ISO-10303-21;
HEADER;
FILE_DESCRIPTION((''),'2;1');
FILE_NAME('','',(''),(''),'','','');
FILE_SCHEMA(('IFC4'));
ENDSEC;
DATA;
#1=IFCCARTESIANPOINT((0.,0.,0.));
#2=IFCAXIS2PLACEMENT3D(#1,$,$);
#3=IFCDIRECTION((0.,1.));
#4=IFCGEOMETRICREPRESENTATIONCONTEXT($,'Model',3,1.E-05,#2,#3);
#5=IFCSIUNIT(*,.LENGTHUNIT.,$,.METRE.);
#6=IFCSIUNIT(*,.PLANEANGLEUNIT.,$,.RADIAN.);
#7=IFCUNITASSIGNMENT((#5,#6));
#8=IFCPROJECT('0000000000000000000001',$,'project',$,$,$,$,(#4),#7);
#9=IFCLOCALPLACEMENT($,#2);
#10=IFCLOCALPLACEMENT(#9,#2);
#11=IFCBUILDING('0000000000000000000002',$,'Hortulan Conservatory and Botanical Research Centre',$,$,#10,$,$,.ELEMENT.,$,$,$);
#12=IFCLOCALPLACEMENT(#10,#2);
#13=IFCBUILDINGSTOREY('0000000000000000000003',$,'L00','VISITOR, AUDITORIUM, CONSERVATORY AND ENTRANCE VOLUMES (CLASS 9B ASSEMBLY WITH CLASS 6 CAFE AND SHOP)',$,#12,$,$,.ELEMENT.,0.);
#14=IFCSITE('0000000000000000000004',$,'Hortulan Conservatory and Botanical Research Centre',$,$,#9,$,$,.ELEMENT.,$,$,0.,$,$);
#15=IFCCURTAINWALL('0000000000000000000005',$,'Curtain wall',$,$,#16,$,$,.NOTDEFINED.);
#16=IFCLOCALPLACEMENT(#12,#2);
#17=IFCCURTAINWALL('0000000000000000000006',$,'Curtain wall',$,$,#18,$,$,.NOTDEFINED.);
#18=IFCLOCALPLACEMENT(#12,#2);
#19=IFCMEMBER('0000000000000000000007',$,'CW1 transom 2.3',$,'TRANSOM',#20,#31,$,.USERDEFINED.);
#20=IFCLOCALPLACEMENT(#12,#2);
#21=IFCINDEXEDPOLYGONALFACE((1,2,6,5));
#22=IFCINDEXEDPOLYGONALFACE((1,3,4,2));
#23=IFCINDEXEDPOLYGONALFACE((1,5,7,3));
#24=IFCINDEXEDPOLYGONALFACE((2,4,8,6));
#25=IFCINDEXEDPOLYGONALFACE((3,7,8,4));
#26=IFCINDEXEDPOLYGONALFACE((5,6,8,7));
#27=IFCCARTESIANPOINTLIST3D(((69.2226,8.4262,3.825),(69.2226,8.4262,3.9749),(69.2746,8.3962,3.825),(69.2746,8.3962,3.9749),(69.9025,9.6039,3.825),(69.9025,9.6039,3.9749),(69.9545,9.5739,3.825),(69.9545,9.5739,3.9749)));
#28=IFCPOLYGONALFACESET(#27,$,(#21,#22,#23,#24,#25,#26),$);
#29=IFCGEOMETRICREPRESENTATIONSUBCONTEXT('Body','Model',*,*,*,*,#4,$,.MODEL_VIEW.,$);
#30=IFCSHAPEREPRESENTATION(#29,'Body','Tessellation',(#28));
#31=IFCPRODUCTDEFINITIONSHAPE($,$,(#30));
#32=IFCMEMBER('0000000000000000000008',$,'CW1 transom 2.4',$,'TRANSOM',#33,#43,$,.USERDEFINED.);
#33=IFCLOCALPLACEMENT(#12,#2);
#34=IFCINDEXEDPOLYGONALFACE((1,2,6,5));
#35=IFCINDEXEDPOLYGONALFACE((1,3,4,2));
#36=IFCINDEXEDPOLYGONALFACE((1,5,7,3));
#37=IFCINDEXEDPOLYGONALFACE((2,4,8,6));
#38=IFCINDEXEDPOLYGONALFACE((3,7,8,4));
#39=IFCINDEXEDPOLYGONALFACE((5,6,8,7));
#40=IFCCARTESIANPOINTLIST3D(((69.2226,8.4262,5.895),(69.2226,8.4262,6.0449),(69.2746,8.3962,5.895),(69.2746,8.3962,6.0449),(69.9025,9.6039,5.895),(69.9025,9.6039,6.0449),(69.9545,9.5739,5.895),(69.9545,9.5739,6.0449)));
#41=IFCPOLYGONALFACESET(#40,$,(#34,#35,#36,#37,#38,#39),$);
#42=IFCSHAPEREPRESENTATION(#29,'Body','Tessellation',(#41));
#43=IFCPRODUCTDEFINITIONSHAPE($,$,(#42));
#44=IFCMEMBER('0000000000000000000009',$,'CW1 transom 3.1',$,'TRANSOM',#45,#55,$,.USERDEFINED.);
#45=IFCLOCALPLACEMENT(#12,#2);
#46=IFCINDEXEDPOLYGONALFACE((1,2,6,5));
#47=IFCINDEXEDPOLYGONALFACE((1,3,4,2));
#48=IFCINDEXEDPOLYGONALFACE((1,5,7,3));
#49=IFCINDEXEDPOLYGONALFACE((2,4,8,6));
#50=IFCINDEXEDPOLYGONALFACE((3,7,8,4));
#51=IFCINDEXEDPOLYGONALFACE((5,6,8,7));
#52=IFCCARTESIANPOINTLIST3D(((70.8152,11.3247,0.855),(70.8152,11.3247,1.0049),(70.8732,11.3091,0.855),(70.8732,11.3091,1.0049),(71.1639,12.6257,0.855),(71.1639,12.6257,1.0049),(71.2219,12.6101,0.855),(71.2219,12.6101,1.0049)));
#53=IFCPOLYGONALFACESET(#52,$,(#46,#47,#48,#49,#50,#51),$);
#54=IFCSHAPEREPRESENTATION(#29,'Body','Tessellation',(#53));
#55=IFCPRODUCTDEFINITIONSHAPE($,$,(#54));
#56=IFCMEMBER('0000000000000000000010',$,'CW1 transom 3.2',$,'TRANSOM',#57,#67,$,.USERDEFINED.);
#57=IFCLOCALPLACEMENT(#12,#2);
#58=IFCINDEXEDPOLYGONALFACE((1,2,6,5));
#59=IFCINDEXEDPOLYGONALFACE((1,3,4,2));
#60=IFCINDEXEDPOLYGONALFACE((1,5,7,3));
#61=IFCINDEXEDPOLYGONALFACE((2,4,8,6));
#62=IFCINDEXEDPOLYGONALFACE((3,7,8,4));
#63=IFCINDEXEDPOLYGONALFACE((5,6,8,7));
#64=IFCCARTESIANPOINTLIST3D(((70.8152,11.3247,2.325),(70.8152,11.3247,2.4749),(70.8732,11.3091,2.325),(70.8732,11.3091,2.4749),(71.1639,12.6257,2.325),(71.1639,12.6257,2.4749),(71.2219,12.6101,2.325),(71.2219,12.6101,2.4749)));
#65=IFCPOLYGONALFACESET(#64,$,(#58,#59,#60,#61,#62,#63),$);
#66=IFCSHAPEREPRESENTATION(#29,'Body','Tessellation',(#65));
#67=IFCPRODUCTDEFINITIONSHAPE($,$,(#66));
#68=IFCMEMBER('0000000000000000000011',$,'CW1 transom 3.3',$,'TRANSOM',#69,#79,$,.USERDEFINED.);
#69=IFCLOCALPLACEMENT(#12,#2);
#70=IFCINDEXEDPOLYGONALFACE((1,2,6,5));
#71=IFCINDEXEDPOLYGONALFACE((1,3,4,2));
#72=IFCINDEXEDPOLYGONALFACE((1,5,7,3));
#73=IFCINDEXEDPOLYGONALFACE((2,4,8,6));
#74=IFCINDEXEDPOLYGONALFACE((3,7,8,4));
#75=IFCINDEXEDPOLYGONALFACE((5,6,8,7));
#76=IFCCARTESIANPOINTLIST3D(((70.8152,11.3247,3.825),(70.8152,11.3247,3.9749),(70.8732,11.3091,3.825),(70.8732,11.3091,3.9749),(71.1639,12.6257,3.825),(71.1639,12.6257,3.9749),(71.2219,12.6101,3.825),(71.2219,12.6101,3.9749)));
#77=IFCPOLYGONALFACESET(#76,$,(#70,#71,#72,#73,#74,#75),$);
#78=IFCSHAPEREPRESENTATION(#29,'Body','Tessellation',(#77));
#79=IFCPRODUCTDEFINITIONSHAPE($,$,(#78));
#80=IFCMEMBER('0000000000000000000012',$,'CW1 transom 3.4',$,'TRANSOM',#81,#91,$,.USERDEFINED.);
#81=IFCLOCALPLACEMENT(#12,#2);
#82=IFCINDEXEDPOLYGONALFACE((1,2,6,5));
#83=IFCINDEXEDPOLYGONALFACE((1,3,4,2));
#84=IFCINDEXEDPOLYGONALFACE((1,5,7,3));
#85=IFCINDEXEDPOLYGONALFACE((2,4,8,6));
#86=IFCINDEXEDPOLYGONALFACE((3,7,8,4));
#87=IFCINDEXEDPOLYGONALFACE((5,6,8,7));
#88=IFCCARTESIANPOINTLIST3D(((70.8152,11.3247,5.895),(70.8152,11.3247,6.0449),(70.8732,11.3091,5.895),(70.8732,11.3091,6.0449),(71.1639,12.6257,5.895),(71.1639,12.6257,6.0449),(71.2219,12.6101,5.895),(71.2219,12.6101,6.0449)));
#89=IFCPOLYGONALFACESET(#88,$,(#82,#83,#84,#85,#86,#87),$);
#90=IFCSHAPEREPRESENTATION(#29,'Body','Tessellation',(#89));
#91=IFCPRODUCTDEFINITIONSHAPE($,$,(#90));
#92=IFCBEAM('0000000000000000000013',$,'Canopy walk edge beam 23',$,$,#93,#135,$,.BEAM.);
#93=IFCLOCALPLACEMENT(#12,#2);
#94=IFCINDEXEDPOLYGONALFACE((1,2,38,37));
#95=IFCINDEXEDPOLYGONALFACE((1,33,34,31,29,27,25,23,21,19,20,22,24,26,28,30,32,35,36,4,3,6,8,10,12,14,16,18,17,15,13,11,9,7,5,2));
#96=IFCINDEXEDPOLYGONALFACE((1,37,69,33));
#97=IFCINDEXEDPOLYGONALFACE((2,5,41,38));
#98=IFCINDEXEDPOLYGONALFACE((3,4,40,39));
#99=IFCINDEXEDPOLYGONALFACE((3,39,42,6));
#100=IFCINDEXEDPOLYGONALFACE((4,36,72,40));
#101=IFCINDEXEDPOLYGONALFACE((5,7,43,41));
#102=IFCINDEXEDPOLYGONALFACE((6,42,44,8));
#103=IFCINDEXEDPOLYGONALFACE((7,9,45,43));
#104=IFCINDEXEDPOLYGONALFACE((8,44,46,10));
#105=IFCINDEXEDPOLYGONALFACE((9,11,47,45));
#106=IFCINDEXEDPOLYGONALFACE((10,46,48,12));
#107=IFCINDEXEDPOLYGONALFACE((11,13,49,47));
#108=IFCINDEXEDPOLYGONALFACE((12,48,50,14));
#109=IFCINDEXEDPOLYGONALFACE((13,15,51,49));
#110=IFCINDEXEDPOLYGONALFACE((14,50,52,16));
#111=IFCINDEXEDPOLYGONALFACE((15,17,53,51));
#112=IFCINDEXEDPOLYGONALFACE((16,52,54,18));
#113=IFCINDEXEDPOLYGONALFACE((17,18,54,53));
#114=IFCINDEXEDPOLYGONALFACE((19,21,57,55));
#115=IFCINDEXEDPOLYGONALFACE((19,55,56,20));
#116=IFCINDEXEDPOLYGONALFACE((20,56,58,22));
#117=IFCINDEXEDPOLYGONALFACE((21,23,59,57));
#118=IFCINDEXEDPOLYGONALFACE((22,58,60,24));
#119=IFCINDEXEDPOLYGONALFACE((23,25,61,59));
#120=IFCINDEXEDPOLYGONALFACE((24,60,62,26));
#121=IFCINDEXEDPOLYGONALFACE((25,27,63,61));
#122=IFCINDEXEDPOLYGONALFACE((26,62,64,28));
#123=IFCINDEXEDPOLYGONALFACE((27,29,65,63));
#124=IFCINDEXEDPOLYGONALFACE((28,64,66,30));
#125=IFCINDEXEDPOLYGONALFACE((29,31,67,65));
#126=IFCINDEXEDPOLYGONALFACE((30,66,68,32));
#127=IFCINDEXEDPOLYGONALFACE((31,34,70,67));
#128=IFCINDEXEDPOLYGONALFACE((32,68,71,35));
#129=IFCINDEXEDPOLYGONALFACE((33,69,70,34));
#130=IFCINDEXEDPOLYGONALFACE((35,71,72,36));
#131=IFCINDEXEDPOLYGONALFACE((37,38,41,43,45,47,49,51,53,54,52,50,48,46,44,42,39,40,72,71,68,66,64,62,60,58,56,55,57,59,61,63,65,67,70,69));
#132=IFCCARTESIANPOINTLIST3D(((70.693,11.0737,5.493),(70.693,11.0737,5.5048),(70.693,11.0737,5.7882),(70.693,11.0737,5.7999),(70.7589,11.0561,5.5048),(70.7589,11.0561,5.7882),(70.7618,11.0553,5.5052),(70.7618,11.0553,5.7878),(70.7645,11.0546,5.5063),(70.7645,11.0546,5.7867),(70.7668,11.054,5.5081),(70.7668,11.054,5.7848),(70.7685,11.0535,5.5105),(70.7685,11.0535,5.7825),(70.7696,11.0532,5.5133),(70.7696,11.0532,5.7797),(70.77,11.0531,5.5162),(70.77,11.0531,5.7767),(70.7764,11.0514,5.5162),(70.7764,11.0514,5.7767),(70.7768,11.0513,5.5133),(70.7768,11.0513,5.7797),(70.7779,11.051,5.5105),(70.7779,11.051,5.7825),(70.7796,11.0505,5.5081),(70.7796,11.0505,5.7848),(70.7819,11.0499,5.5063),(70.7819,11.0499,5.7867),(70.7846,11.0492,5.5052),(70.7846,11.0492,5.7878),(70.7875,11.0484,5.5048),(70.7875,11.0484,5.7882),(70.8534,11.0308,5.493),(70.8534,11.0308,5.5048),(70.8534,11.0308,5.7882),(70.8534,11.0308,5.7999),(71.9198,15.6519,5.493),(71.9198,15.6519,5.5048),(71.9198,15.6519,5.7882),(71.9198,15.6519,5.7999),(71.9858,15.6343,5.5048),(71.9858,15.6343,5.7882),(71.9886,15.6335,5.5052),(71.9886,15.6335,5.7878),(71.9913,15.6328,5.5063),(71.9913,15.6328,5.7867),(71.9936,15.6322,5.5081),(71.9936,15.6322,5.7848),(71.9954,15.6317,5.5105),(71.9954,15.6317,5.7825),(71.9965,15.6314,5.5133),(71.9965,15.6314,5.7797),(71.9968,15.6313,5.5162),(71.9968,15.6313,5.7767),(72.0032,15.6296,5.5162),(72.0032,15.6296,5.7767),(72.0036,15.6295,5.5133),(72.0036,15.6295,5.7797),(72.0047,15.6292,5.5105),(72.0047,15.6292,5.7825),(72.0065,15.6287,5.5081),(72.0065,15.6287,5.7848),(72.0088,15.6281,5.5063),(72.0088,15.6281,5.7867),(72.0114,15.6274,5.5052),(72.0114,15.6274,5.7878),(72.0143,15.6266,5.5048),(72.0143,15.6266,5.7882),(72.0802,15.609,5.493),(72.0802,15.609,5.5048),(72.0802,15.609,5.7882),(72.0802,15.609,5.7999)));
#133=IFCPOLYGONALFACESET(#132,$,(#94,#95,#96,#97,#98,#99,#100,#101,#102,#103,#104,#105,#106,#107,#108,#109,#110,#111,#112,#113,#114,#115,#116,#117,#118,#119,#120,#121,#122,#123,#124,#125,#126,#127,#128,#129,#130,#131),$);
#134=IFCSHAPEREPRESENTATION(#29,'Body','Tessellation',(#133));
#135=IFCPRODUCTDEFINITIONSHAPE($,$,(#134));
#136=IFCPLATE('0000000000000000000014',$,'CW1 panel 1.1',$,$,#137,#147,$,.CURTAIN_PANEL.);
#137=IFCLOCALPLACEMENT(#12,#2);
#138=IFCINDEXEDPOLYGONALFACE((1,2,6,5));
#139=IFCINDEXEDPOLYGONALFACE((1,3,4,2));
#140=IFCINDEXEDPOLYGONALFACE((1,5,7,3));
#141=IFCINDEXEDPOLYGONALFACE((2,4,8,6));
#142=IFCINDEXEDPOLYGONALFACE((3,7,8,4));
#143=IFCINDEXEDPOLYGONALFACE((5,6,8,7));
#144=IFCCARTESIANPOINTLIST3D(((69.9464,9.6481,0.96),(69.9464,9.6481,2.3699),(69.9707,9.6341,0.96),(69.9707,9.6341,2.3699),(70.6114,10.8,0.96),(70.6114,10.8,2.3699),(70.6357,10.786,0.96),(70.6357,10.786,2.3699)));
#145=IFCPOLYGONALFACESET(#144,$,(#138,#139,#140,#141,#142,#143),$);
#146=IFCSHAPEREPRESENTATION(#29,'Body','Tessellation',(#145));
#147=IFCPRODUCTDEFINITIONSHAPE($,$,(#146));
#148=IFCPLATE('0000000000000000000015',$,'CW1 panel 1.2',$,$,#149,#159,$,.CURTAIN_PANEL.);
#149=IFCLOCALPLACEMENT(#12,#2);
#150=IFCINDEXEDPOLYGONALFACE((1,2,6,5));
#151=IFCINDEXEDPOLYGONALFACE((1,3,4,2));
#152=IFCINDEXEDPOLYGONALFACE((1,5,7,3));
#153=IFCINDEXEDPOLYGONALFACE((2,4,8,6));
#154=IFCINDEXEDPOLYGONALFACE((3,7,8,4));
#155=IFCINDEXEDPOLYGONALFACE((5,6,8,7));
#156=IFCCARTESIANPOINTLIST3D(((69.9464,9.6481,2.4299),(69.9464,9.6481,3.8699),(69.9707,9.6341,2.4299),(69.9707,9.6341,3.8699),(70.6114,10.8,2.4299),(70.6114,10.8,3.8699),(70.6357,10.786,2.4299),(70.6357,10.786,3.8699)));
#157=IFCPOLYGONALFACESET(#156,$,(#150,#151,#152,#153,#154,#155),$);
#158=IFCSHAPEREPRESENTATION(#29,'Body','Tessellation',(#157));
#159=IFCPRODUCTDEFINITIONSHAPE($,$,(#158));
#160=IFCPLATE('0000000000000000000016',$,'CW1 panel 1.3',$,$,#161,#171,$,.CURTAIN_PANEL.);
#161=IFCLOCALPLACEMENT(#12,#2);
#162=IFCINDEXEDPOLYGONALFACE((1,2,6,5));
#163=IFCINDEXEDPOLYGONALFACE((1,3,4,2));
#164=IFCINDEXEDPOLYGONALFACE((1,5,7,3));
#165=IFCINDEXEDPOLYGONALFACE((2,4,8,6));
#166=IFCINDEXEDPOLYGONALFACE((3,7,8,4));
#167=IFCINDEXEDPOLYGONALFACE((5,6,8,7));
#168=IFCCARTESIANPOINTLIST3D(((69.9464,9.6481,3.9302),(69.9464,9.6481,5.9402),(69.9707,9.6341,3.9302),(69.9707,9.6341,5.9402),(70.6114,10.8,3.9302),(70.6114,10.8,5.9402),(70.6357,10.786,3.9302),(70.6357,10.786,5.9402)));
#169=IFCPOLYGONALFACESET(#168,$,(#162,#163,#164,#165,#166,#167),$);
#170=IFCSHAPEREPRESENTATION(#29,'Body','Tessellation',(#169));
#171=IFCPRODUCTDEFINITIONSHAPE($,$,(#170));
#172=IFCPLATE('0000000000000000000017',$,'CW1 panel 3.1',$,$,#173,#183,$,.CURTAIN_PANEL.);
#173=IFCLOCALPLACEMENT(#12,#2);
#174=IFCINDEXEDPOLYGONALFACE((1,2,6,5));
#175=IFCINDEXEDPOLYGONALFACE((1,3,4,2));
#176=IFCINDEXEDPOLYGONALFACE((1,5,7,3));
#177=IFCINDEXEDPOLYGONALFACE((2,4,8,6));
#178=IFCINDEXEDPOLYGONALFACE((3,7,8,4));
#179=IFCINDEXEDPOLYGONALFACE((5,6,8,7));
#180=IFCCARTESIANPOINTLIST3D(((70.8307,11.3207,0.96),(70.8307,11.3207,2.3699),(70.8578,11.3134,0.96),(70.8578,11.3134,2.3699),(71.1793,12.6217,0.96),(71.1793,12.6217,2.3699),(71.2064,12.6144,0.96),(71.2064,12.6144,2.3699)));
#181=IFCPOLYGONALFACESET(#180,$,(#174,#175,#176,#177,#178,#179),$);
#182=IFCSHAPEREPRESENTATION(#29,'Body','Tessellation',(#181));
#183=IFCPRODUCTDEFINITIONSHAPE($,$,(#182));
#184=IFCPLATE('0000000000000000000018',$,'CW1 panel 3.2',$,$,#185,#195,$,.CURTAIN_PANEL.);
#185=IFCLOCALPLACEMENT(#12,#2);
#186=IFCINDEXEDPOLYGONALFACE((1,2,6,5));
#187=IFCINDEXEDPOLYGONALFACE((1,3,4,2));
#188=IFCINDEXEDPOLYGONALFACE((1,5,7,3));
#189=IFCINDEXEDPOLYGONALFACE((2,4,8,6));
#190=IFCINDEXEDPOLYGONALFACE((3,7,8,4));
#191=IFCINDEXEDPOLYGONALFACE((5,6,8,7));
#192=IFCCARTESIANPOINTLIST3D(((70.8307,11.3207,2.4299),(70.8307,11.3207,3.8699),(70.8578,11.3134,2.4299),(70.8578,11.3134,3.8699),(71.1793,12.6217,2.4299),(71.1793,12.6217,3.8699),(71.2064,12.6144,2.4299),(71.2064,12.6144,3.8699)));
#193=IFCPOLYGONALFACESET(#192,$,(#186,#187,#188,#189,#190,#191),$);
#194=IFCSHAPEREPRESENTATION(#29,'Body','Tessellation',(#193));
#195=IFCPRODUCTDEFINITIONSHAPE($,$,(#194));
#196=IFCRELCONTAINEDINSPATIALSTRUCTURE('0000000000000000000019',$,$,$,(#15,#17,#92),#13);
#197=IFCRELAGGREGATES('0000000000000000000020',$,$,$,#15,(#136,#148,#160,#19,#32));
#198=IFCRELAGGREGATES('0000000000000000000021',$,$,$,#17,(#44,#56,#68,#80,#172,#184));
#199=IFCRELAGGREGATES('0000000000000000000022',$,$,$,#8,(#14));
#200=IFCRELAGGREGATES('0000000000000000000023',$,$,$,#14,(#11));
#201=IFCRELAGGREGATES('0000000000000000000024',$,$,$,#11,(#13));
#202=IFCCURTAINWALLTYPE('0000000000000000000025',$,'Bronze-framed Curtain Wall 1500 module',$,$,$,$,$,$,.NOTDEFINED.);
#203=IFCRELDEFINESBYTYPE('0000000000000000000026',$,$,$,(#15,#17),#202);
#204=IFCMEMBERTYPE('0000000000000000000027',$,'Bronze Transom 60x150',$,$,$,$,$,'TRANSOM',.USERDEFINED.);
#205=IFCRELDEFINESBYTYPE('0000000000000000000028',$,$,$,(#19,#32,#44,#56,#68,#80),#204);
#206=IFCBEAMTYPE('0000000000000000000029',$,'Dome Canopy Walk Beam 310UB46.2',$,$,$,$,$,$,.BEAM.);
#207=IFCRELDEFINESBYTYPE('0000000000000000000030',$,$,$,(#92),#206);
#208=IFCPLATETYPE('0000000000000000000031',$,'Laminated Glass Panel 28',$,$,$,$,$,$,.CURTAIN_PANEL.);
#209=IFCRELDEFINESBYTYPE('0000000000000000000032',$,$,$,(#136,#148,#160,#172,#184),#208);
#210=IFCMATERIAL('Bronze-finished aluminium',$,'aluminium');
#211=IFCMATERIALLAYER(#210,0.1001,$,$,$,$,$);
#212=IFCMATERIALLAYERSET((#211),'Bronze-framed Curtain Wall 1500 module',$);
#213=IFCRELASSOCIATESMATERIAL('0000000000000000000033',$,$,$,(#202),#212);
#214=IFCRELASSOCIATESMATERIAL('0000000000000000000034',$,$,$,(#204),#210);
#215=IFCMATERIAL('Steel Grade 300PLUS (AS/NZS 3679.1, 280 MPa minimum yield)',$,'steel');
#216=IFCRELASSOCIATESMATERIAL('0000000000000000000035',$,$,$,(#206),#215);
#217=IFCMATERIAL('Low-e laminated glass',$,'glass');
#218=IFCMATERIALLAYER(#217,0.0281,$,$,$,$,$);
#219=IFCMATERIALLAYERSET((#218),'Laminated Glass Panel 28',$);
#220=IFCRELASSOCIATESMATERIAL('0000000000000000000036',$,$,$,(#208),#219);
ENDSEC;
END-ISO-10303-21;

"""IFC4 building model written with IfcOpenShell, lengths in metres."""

from ifc_helpers import new_model, si_unit, direction, frame, origin, origin_2d, place, context, subcontext, project, spatial, rectangle, i_section, extrude, material, layer, layer_set, material_profile, profile_set, type_object, element, aggregate, save


model = new_model("IFC4")

# Units and contexts
model_context = context("Model", 3, precision=1e-05, world=origin(), true_north=direction((0.0, 1.0)))
body_context = subcontext(model_context, "Body", "Model", "MODEL_VIEW")
ifc_project = project(units=[si_unit("LENGTHUNIT", "METRE"), si_unit("PLANEANGLEUNIT", "RADIAN")], contexts=[model_context])

# Site, building, storey
site_placement = place(None, origin())
site = spatial("IfcSite", under=ifc_project, at=site_placement, Name="Hortulan Conservatory and Botanical Research Centre", CompositionType="ELEMENT", RefElevation=0.0)
building_placement = place(site_placement, origin())
building = spatial("IfcBuilding", under=site, at=building_placement, Name="Hortulan Conservatory and Botanical Research Centre", CompositionType="ELEMENT")
storey_placement = place(building_placement, origin())
storey = spatial("IfcBuildingStorey", under=building, at=storey_placement, Name="L00", Description="VISITOR, AUDITORIUM, CONSERVATORY AND ENTRANCE VOLUMES (CLASS 9B ASSEMBLY WITH CLASS 6 CAFE AND SHOP)", CompositionType="ELEMENT", Elevation=0.0)

# Curtain wall
ifc_material_1 = material(Name="Bronze-finished aluminium", Category="aluminium")
ifc_layer_1 = layer(ifc_material_1, 0.1001)
ifc_layer_set_1 = layer_set([ifc_layer_1], Name="Bronze-framed Curtain Wall 1500 module")
curtain_wall_type = type_object("IfcCurtainWallType", Name="Bronze-framed Curtain Wall 1500 module", PredefinedType="NOTDEFINED", material=ifc_layer_set_1)
curtain_wall_1_placement = place(storey_placement, origin())
curtain_wall_1 = element("IfcCurtainWall", 1, at=curtain_wall_1_placement, inside=storey, type_object=curtain_wall_type, Name="Curtain wall", PredefinedType="NOTDEFINED")

# Curtain wall
curtain_wall_2_placement = place(storey_placement, origin())
curtain_wall_2 = element("IfcCurtainWall", 2, at=curtain_wall_2_placement, inside=storey, type_object=curtain_wall_type, Name="Curtain wall", PredefinedType="NOTDEFINED")

# Members
ifc_material_profile_1 = material_profile(ifc_material_1, rectangle(XDim=0.0601, YDim=0.1499, at=origin_2d()), Name="Bronze Transom 60x150")
ifc_profile_set_1 = profile_set([ifc_material_profile_1], Name="Bronze-finished aluminium")
member_type_1 = type_object("IfcMemberType", Name="Bronze Transom 60x150", ElementType="TRANSOM", PredefinedType="USERDEFINED", material=ifc_profile_set_1)
member_1_placement = place(storey_placement, frame((69.9285, 9.5889, 3.8999), z_axis=(-0.499981, -0.866036, 0.0), x_axis=(0.866036, -0.499981, 0.0)))
member_1 = element("IfcMember", 3, at=member_1_placement, type_object=member_type_1, Name="CW1 transom 2.3", ObjectType="TRANSOM", PredefinedType="USERDEFINED", context=body_context, shape_type="SweptSolid", body=[
    extrude(rectangle(XDim=0.0601, YDim=0.1499, at=origin_2d()), origin(), (0.0, 0.0, 1.0), 1.3599),
])
member_2_placement = place(storey_placement, frame((69.9285, 9.5889, 5.97), z_axis=(-0.499981, -0.866036, 0.0), x_axis=(0.866036, -0.499981, 0.0)))
member_2 = element("IfcMember", 4, at=member_2_placement, type_object=member_type_1, Name="CW1 transom 2.4", ObjectType="TRANSOM", PredefinedType="USERDEFINED", context=body_context, shape_type="SweptSolid", body=[
    extrude(rectangle(XDim=0.0601, YDim=0.1499, at=origin_2d()), origin(), (0.0, 0.0, 1.0), 1.3599),
])
member_3_placement = place(storey_placement, frame((71.1929, 12.6179, 0.9299), z_axis=(-0.258836, -0.965921, 0.0), x_axis=(0.965921, -0.258836, 0.0)))
member_3 = element("IfcMember", 5, at=member_3_placement, type_object=member_type_1, Name="CW1 transom 3.1", ObjectType="TRANSOM", PredefinedType="USERDEFINED", context=body_context, shape_type="SweptSolid", body=[
    extrude(rectangle(XDim=0.0601, YDim=0.1499, at=origin_2d()), origin(), (0.0, 0.0, 1.0), 1.3469),
])
member_4_placement = place(storey_placement, frame((71.1929, 12.6179, 2.3999), z_axis=(-0.258836, -0.965921, 0.0), x_axis=(0.965921, -0.258836, 0.0)))
member_4 = element("IfcMember", 6, at=member_4_placement, type_object=member_type_1, Name="CW1 transom 3.2", ObjectType="TRANSOM", PredefinedType="USERDEFINED", context=body_context, shape_type="SweptSolid", body=[
    extrude(rectangle(XDim=0.0601, YDim=0.1499, at=origin_2d()), origin(), (0.0, 0.0, 1.0), 1.3469),
])
member_5_placement = place(storey_placement, frame((71.1929, 12.6179, 3.8999), z_axis=(-0.258836, -0.965921, 0.0), x_axis=(0.965921, -0.258836, 0.0)))
member_5 = element("IfcMember", 7, at=member_5_placement, type_object=member_type_1, Name="CW1 transom 3.3", ObjectType="TRANSOM", PredefinedType="USERDEFINED", context=body_context, shape_type="SweptSolid", body=[
    extrude(rectangle(XDim=0.0601, YDim=0.1499, at=origin_2d()), origin(), (0.0, 0.0, 1.0), 1.3469),
])
member_6_placement = place(storey_placement, frame((71.1929, 12.6179, 5.97), z_axis=(-0.258836, -0.965921, 0.0), x_axis=(0.965921, -0.258836, 0.0)))
member_6 = element("IfcMember", 8, at=member_6_placement, type_object=member_type_1, Name="CW1 transom 3.4", ObjectType="TRANSOM", PredefinedType="USERDEFINED", context=body_context, shape_type="SweptSolid", body=[
    extrude(rectangle(XDim=0.0601, YDim=0.1499, at=origin_2d()), origin(), (0.0, 0.0, 1.0), 1.3469),
])

# Beam
ifc_material_2 = material(Name="Steel Grade 300PLUS (AS/NZS 3679.1, 280 MPa minimum yield)", Category="steel")
ifc_material_profile_2 = material_profile(ifc_material_2, i_section(OverallWidth=0.166, OverallDepth=0.3069, WebThickness=0.0066, FlangeThickness=0.0117, FilletRadius=0.0115, at=origin_2d()), Name="310UB46.2")
ifc_profile_set_2 = profile_set([ifc_material_profile_2], Name="Steel Grade 300PLUS (AS/NZS 3679.1, 280 MPa minimum yield)")
beam_type = type_object("IfcBeamType", Name="Dome Canopy Walk Beam 310UB46.2", PredefinedType="BEAM", material=ifc_profile_set_2)
beam_placement = place(storey_placement, frame((70.7732, 11.0522, 5.6465), z_axis=(0.258839, 0.96592, 0.0), x_axis=(-0.96592, 0.258839, 0.0)))
element("IfcBeam", 9, at=beam_placement, inside=storey, type_object=beam_type, Name="Canopy walk edge beam 23", PredefinedType="BEAM", context=body_context, shape_type="SweptSolid", body=[
    extrude(i_section(OverallWidth=0.166, OverallDepth=0.3069, WebThickness=0.0066, FlangeThickness=0.0117, FilletRadius=0.0115, at=origin_2d()), origin(), (0.0, 0.0, 1.0), 4.7397),
])

# Plates
ifc_material_3 = material(Name="Low-e laminated glass", Category="glass")
ifc_layer_2 = layer(ifc_material_3, 0.0281)
ifc_layer_set_2 = layer_set([ifc_layer_2], Name="Laminated Glass Panel 28")
plate_type = type_object("IfcPlateType", Name="Laminated Glass Panel 28", PredefinedType="CURTAIN_PANEL", material=ifc_layer_set_2)
plate_1_placement = place(storey_placement, frame((70.291, 10.217, 0.96), z_axis=(0.0, 0.0, 1.0), x_axis=(-0.499981, -0.866036, 0.0)))
plate_1 = element("IfcPlate", 10, at=plate_1_placement, type_object=plate_type, Name="CW1 panel 1.1", PredefinedType="CURTAIN_PANEL", context=body_context, shape_type="SweptSolid", body=[
    extrude(rectangle(XDim=1.3301, YDim=0.0281, at=origin_2d()), origin(), (0.0, 0.0, 1.0), 1.4099),
])
plate_2_placement = place(storey_placement, frame((70.291, 10.217, 2.4299), z_axis=(0.0, 0.0, 1.0), x_axis=(-0.499981, -0.866036, 0.0)))
plate_2 = element("IfcPlate", 11, at=plate_2_placement, type_object=plate_type, Name="CW1 panel 1.2", PredefinedType="CURTAIN_PANEL", context=body_context, shape_type="SweptSolid", body=[
    extrude(rectangle(XDim=1.3301, YDim=0.0281, at=origin_2d()), origin(), (0.0, 0.0, 1.0), 1.4399),
])
plate_3_placement = place(storey_placement, frame((70.291, 10.217, 3.9302), z_axis=(0.0, 0.0, 1.0), x_axis=(-0.499981, -0.866036, 0.0)))
plate_3 = element("IfcPlate", 12, at=plate_3_placement, type_object=plate_type, Name="CW1 panel 1.3", PredefinedType="CURTAIN_PANEL", context=body_context, shape_type="SweptSolid", body=[
    extrude(rectangle(XDim=1.3301, YDim=0.0281, at=origin_2d()), origin(), (0.0, 0.0, 1.0), 2.01),
])
aggregate(curtain_wall_1, [plate_1, plate_2, plate_3, member_1, member_2])
plate_4_placement = place(storey_placement, frame((71.0186, 11.9675, 0.96), z_axis=(0.0, 0.0, 1.0), x_axis=(-0.258832, -0.965922, 0.0)))
plate_4 = element("IfcPlate", 13, at=plate_4_placement, type_object=plate_type, Name="CW1 panel 3.1", PredefinedType="CURTAIN_PANEL", context=body_context, shape_type="SweptSolid", body=[
    extrude(rectangle(XDim=1.3469, YDim=0.0281, at=origin_2d()), origin(), (0.0, 0.0, 1.0), 1.4099),
])
plate_5_placement = place(storey_placement, frame((71.0186, 11.9675, 2.4299), z_axis=(0.0, 0.0, 1.0), x_axis=(-0.258832, -0.965922, 0.0)))
plate_5 = element("IfcPlate", 14, at=plate_5_placement, type_object=plate_type, Name="CW1 panel 3.2", PredefinedType="CURTAIN_PANEL", context=body_context, shape_type="SweptSolid", body=[
    extrude(rectangle(XDim=1.3469, YDim=0.0281, at=origin_2d()), origin(), (0.0, 0.0, 1.0), 1.4399),
])
aggregate(curtain_wall_2, [member_3, member_4, member_5, member_6, plate_4, plate_5])

save(model, "model.ifc")
